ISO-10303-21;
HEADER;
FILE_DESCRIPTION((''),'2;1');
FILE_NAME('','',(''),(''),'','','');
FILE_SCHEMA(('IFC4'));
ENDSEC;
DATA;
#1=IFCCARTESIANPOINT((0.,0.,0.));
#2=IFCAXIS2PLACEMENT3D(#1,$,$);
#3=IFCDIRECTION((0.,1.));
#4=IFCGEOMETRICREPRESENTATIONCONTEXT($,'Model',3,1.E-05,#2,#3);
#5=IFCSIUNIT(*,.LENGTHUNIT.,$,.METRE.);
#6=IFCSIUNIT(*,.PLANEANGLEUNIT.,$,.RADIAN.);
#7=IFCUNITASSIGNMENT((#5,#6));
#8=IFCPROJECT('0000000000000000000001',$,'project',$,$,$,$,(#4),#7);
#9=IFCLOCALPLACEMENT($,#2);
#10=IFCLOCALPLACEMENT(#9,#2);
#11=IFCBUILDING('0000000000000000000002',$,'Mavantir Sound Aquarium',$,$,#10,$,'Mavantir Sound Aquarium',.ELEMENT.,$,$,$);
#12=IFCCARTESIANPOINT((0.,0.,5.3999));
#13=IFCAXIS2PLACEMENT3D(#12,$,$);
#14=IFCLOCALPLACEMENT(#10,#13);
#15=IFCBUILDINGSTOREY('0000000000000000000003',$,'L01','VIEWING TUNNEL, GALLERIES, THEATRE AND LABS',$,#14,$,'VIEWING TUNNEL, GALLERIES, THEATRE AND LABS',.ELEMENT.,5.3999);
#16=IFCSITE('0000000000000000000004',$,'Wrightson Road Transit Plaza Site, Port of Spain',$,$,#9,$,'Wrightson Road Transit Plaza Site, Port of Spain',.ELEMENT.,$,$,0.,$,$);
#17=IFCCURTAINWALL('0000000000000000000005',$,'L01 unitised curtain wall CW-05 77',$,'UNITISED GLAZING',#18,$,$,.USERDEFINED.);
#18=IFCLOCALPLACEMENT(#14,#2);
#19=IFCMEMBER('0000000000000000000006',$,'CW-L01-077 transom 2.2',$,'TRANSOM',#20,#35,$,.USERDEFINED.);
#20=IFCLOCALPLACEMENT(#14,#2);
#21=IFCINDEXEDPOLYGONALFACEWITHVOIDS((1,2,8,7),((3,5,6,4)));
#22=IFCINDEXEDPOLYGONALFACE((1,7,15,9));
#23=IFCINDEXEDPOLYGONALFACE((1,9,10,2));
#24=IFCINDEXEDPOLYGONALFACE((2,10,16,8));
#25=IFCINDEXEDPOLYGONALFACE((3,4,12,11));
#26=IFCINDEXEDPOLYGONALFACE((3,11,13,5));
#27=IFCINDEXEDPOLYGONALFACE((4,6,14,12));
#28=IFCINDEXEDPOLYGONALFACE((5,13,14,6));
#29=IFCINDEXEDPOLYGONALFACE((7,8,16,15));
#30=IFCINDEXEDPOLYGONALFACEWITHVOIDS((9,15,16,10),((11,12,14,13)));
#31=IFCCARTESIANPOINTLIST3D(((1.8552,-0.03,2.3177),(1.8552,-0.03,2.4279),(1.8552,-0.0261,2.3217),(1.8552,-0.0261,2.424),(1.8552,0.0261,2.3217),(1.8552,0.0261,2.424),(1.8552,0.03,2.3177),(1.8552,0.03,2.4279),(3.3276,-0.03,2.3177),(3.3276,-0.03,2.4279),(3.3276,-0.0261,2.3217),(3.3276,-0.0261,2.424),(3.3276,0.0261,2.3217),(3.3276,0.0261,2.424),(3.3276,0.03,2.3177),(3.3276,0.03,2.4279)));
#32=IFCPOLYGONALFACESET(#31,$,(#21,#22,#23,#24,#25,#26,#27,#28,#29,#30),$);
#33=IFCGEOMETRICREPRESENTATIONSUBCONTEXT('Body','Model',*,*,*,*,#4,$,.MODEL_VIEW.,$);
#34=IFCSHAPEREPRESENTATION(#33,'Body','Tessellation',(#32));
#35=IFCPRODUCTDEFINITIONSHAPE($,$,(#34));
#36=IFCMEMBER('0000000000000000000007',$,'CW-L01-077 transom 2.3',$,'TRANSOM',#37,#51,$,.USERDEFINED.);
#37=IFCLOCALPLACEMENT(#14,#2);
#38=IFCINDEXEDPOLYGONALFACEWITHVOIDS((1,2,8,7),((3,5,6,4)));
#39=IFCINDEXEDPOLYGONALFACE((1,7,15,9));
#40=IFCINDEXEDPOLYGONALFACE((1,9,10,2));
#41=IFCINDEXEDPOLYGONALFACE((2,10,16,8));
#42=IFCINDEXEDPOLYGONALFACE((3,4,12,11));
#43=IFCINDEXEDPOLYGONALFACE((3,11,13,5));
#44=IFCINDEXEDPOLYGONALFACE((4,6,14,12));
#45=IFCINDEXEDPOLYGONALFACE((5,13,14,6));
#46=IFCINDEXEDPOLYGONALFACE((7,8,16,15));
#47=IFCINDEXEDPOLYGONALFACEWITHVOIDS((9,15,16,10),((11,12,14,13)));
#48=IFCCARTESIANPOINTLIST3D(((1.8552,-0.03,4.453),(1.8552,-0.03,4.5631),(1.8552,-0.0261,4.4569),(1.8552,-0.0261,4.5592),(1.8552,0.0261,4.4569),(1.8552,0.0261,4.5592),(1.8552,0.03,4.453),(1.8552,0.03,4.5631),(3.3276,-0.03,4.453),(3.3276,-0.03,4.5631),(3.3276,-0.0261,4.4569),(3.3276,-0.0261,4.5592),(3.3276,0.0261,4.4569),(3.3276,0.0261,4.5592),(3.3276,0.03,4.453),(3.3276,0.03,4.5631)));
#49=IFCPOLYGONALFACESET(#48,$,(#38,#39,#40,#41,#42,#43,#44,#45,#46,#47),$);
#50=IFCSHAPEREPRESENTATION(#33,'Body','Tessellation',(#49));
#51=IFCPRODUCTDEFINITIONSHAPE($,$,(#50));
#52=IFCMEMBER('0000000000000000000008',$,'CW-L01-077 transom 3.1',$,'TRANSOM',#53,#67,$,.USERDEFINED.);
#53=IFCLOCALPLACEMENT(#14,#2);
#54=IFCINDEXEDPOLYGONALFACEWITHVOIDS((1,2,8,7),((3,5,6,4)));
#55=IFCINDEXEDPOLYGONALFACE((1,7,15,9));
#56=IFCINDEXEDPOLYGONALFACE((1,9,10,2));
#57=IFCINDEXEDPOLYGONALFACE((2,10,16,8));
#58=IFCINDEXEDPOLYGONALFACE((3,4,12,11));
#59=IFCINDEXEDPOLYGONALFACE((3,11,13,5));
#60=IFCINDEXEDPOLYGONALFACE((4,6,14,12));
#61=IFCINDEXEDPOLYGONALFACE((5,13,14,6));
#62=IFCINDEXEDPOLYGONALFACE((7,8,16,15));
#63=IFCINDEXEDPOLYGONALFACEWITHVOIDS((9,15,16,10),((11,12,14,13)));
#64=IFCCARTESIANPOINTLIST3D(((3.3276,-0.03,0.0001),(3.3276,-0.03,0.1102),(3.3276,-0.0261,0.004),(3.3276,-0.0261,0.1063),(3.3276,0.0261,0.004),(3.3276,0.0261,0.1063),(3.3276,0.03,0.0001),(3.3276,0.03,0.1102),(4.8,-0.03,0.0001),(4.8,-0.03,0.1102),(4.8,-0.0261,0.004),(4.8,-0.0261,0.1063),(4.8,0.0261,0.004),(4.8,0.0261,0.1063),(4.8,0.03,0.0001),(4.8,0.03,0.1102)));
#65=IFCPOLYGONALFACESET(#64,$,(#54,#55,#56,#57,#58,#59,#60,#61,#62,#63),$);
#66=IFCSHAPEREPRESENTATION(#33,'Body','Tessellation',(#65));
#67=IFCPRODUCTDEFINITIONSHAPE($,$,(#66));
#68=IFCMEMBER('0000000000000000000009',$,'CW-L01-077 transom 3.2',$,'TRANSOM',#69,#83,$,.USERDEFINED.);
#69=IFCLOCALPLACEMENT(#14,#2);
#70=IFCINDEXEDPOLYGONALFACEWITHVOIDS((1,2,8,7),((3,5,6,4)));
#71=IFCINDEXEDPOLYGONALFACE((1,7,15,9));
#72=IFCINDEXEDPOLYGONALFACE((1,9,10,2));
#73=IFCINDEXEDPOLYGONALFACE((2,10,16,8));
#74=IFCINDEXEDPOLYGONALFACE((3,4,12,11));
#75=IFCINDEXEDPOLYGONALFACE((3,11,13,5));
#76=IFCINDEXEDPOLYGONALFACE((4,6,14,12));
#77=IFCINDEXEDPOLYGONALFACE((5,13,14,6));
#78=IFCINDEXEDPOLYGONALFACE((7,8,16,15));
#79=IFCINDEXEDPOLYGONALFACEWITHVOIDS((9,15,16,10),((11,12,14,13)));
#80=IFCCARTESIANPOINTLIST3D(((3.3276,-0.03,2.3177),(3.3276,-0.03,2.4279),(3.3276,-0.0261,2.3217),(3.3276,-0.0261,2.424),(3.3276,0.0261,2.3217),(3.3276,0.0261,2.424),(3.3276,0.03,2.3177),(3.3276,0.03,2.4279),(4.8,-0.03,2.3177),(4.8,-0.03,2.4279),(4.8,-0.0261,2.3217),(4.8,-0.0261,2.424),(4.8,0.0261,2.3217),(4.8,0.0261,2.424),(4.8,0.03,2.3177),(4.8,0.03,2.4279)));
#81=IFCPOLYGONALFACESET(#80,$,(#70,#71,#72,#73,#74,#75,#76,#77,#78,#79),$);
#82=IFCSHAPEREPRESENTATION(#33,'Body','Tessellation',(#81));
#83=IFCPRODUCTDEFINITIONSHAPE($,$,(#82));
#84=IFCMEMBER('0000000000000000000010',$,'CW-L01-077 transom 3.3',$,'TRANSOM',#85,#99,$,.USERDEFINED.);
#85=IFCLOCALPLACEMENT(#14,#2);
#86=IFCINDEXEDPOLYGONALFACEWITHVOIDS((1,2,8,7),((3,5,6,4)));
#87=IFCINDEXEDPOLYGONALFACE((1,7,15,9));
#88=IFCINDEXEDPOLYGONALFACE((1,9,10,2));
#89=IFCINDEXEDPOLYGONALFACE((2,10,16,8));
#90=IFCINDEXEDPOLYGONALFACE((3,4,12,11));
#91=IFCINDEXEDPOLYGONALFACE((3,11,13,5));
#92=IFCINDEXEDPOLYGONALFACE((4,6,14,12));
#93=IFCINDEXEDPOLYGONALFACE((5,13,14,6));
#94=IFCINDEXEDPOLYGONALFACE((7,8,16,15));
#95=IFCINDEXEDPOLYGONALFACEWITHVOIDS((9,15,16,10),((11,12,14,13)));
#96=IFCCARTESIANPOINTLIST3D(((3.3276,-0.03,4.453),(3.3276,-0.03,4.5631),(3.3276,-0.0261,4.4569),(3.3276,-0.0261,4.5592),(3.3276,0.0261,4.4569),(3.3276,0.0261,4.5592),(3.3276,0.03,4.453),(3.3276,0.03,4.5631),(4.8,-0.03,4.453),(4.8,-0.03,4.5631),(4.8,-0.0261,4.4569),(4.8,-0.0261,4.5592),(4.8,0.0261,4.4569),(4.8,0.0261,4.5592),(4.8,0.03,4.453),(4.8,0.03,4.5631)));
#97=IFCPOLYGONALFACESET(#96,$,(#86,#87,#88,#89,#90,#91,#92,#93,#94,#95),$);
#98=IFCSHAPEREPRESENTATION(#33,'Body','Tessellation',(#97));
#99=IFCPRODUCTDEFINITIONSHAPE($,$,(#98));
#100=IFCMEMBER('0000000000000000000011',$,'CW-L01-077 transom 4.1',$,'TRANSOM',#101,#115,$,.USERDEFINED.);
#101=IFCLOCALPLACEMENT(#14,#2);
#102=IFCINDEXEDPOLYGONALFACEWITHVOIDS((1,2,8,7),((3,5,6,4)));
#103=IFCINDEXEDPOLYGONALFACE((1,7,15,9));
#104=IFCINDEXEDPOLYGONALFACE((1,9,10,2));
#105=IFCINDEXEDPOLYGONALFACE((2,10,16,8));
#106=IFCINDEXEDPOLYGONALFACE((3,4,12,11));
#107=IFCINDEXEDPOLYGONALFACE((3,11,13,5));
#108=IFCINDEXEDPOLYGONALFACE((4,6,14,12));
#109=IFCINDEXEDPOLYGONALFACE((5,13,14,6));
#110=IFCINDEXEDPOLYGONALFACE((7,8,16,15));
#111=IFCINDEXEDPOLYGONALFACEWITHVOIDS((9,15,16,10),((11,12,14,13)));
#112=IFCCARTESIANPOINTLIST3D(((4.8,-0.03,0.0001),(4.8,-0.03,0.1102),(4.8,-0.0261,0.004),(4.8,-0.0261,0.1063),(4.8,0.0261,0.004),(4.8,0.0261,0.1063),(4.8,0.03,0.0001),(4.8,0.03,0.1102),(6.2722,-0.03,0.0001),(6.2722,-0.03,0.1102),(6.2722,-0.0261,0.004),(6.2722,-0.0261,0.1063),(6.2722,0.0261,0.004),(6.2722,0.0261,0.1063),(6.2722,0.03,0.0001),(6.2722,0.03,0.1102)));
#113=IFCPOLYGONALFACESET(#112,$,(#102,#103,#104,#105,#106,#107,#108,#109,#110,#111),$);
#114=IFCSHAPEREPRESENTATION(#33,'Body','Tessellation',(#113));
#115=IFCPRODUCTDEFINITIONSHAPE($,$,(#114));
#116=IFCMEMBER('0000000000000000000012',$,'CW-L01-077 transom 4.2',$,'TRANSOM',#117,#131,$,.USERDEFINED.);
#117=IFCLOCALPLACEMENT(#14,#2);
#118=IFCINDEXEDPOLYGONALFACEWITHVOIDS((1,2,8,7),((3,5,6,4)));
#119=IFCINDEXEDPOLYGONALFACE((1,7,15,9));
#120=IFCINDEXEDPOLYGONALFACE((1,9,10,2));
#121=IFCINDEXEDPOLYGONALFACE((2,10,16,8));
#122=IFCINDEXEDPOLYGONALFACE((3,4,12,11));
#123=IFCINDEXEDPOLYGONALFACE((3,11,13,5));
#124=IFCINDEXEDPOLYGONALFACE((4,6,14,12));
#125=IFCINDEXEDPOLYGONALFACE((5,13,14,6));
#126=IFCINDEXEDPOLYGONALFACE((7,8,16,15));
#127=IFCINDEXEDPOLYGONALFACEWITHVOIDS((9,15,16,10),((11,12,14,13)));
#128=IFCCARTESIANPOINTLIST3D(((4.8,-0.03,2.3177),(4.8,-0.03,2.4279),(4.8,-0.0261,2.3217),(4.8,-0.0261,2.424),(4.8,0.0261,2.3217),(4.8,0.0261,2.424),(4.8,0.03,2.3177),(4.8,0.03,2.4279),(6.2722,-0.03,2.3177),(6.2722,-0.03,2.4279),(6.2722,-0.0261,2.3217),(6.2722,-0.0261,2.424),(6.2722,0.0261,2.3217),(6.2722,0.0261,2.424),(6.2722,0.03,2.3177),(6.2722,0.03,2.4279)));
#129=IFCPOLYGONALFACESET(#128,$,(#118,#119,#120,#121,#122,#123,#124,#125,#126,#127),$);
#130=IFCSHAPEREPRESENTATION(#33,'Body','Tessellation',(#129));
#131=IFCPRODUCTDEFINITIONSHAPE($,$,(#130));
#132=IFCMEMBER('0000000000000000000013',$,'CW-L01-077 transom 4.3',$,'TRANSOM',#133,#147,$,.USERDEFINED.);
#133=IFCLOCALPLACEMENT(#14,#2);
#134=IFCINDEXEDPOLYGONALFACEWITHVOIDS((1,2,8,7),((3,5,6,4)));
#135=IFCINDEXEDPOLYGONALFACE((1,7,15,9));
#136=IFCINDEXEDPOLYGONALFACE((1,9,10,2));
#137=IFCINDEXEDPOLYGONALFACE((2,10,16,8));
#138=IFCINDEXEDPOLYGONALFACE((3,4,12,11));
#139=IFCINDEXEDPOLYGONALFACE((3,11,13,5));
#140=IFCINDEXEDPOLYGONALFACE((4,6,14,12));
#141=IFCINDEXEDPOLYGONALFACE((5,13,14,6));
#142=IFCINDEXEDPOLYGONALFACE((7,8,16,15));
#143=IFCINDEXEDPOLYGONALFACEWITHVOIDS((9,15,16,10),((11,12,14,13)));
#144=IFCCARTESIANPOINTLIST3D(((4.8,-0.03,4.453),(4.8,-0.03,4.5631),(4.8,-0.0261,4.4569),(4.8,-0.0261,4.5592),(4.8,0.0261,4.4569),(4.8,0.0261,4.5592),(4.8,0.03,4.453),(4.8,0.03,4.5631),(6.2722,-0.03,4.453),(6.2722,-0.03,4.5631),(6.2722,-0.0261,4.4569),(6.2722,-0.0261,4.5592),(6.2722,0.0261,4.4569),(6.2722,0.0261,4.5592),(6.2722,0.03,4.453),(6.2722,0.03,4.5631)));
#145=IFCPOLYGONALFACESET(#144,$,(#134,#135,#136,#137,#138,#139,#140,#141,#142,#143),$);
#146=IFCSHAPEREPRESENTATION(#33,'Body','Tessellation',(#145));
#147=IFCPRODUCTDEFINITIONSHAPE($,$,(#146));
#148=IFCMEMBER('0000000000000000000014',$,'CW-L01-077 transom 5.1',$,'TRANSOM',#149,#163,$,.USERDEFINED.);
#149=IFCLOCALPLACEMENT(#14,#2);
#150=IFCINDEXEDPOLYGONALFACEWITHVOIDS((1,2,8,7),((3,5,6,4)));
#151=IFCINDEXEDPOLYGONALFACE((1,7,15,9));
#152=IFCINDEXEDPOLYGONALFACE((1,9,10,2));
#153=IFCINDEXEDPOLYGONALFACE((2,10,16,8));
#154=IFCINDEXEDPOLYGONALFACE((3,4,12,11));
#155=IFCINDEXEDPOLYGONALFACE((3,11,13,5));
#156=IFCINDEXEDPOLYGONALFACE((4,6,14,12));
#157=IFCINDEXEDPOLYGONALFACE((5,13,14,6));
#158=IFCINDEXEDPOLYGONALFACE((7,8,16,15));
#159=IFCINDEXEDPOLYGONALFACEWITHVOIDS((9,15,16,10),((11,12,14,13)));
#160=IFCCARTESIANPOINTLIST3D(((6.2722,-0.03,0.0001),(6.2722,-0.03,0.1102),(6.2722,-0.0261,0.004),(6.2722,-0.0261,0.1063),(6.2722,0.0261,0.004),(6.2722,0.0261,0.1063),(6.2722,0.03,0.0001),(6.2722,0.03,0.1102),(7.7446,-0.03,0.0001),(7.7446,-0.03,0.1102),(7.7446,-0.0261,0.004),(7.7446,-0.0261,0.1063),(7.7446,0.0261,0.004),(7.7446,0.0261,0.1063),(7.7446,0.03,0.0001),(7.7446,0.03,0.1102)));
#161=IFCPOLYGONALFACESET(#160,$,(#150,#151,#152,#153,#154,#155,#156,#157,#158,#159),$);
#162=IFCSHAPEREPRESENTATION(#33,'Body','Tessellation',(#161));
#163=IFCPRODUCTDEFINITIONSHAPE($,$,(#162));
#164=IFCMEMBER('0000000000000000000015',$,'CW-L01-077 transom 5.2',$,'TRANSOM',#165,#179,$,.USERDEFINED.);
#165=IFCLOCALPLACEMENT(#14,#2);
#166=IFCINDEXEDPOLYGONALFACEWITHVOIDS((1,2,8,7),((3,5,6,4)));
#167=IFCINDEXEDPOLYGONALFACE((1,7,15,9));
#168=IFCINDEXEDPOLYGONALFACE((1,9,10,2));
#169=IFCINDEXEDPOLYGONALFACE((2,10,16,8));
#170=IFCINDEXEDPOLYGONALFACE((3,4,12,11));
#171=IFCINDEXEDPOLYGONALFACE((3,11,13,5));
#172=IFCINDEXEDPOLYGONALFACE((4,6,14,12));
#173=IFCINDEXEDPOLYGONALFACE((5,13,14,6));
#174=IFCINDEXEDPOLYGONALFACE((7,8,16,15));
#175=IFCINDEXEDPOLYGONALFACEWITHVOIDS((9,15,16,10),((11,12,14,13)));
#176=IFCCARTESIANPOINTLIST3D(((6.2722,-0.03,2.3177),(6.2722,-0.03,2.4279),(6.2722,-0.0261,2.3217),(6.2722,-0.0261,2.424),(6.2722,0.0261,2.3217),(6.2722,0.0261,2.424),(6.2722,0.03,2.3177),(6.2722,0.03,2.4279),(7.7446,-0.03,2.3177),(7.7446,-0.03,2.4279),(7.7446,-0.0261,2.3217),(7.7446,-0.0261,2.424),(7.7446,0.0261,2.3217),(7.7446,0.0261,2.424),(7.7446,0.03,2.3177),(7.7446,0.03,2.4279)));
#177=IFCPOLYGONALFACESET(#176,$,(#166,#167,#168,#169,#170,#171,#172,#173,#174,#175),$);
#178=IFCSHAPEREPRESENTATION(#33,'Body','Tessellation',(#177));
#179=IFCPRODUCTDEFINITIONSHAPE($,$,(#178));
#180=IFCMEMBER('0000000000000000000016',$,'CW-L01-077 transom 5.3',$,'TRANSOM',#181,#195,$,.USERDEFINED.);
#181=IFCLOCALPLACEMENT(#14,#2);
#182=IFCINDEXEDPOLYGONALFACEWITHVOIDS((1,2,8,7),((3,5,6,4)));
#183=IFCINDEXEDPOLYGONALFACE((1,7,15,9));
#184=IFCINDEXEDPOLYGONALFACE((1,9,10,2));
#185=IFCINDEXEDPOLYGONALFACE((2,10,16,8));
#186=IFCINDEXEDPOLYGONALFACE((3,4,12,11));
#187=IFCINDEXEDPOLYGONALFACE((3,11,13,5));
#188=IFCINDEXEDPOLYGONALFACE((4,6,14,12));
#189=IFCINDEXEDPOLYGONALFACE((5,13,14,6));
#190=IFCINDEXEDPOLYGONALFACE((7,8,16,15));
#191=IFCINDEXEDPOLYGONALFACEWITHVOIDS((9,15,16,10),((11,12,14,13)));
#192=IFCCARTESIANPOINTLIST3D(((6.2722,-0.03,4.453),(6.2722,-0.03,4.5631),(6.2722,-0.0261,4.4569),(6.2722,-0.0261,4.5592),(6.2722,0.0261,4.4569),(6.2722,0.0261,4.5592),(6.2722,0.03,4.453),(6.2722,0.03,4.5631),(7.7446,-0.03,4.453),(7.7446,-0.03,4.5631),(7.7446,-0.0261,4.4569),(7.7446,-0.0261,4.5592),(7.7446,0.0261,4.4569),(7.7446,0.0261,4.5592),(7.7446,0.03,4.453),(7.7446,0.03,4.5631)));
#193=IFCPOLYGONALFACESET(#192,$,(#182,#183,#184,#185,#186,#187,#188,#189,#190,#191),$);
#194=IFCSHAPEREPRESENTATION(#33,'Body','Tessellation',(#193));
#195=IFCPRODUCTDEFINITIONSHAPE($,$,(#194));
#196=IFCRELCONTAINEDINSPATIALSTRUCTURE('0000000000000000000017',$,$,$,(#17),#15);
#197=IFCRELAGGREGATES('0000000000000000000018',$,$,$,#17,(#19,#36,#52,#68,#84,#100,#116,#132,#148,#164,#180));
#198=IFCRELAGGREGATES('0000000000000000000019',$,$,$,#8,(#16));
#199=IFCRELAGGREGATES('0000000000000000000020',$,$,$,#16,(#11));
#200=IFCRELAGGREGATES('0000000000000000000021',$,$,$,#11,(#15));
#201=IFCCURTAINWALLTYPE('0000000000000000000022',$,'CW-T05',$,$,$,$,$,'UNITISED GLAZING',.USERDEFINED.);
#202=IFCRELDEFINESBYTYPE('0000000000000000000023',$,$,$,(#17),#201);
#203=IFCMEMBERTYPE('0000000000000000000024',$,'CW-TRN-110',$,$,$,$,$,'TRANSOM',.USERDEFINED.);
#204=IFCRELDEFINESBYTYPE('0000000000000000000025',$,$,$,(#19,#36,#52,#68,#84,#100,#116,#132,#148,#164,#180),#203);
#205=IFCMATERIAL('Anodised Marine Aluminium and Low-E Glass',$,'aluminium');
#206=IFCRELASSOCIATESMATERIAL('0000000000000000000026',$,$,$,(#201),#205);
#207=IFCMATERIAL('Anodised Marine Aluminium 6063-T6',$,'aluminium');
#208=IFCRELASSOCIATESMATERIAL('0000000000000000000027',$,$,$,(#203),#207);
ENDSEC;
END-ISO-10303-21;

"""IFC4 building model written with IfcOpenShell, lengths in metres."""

from ifc_helpers import new_model, si_unit, direction, frame, origin, origin_2d, place, context, subcontext, project, spatial, hollow_rectangle, extrude, material, material_profile, profile_set, type_object, element, aggregate, save


model = new_model("IFC4")

# Units and contexts
model_context = context("Model", 3, precision=1e-05, world=origin(), true_north=direction((0.0, 1.0)))
body_context = subcontext(model_context, "Body", "Model", "MODEL_VIEW")
ifc_project = project(units=[si_unit("LENGTHUNIT", "METRE"), si_unit("PLANEANGLEUNIT", "RADIAN")], contexts=[model_context])

# Site, building, storey
site_placement = place(None, origin())
site = spatial("IfcSite", under=ifc_project, at=site_placement, Name="Wrightson Road Transit Plaza Site, Port of Spain", LongName="Wrightson Road Transit Plaza Site, Port of Spain", CompositionType="ELEMENT", RefElevation=0.0)
building_placement = place(site_placement, origin())
building = spatial("IfcBuilding", under=site, at=building_placement, Name="Mavantir Sound Aquarium", LongName="Mavantir Sound Aquarium", CompositionType="ELEMENT")
storey_placement = place(building_placement, frame((0.0, 0.0, 5.3999)))
storey = spatial("IfcBuildingStorey", under=building, at=storey_placement, Name="L01", Description="VIEWING TUNNEL, GALLERIES, THEATRE AND LABS", LongName="VIEWING TUNNEL, GALLERIES, THEATRE AND LABS", CompositionType="ELEMENT", Elevation=5.3999)

# Curtain wall
ifc_material_1 = material(Name="Anodised Marine Aluminium and Low-E Glass", Category="aluminium")
curtain_wall_type_1 = type_object("IfcCurtainWallType", Name="CW-T05", ElementType="UNITISED GLAZING", PredefinedType="USERDEFINED", material=ifc_material_1)
curtain_wall_1_placement = place(storey_placement, origin())
curtain_wall_1 = element("IfcCurtainWall", 1, at=curtain_wall_1_placement, inside=storey, type_object=curtain_wall_type_1, Name="L01 unitised curtain wall CW-05 77", ObjectType="UNITISED GLAZING", PredefinedType="USERDEFINED")
ifc_material_2 = material(Name="Anodised Marine Aluminium 6063-T6", Category="aluminium")
ifc_material_profile_1 = material_profile(ifc_material_2, hollow_rectangle(XDim=0.0601, YDim=0.1101, WallThickness=0.0039, at=origin_2d()), Name="ALU-TRANSOM-110X60")
ifc_profile_set_1 = profile_set([ifc_material_profile_1], Name="Anodised Marine Aluminium 6063-T6")
member_type_1 = type_object("IfcMemberType", Name="CW-TRN-110", ElementType="TRANSOM", PredefinedType="USERDEFINED", material=ifc_profile_set_1)

# Members
member_1_placement = place(storey_placement, frame((1.8552, 0.0, 2.3728), z_axis=(1.0, 0.0, 0.0), x_axis=(0.0, 1.0, 0.0)))
member_1 = element("IfcMember", 2, at=member_1_placement, type_object=member_type_1, Name="CW-L01-077 transom 2.2", ObjectType="TRANSOM", PredefinedType="USERDEFINED", context=body_context, shape_type="SweptSolid", body=[
    extrude(hollow_rectangle(XDim=0.0601, YDim=0.1101, WallThickness=0.0039, at=origin_2d()), origin(), (0.0, 0.0, 1.0), 1.4724),
])
member_2_placement = place(storey_placement, frame((1.8552, 0.0, 4.5081), z_axis=(1.0, 0.0, 0.0), x_axis=(0.0, 1.0, 0.0)))
member_2 = element("IfcMember", 3, at=member_2_placement, type_object=member_type_1, Name="CW-L01-077 transom 2.3", ObjectType="TRANSOM", PredefinedType="USERDEFINED", context=body_context, shape_type="SweptSolid", body=[
    extrude(hollow_rectangle(XDim=0.0601, YDim=0.1101, WallThickness=0.0039, at=origin_2d()), origin(), (0.0, 0.0, 1.0), 1.4724),
])
member_3_placement = place(storey_placement, frame((3.3276, 0.0, 0.0552), z_axis=(1.0, 0.0, 0.0), x_axis=(0.0, 1.0, 0.0)))
member_3 = element("IfcMember", 4, at=member_3_placement, type_object=member_type_1, Name="CW-L01-077 transom 3.1", ObjectType="TRANSOM", PredefinedType="USERDEFINED", context=body_context, shape_type="SweptSolid", body=[
    extrude(hollow_rectangle(XDim=0.0601, YDim=0.1101, WallThickness=0.0039, at=origin_2d()), origin(), (0.0, 0.0, 1.0), 1.4724),
])
member_4_placement = place(storey_placement, frame((3.3276, 0.0, 2.3728), z_axis=(1.0, 0.0, 0.0), x_axis=(0.0, 1.0, 0.0)))
member_4 = element("IfcMember", 5, at=member_4_placement, type_object=member_type_1, Name="CW-L01-077 transom 3.2", ObjectType="TRANSOM", PredefinedType="USERDEFINED", context=body_context, shape_type="SweptSolid", body=[
    extrude(hollow_rectangle(XDim=0.0601, YDim=0.1101, WallThickness=0.0039, at=origin_2d()), origin(), (0.0, 0.0, 1.0), 1.4724),
])
member_5_placement = place(storey_placement, frame((3.3276, 0.0, 4.5081), z_axis=(1.0, 0.0, 0.0), x_axis=(0.0, 1.0, 0.0)))
member_5 = element("IfcMember", 6, at=member_5_placement, type_object=member_type_1, Name="CW-L01-077 transom 3.3", ObjectType="TRANSOM", PredefinedType="USERDEFINED", context=body_context, shape_type="SweptSolid", body=[
    extrude(hollow_rectangle(XDim=0.0601, YDim=0.1101, WallThickness=0.0039, at=origin_2d()), origin(), (0.0, 0.0, 1.0), 1.4724),
])
member_6_placement = place(storey_placement, frame((4.8, 0.0, 0.0552), z_axis=(1.0, 0.0, 0.0), x_axis=(0.0, 1.0, 0.0)))
member_6 = element("IfcMember", 7, at=member_6_placement, type_object=member_type_1, Name="CW-L01-077 transom 4.1", ObjectType="TRANSOM", PredefinedType="USERDEFINED", context=body_context, shape_type="SweptSolid", body=[
    extrude(hollow_rectangle(XDim=0.0601, YDim=0.1101, WallThickness=0.0039, at=origin_2d()), origin(), (0.0, 0.0, 1.0), 1.4722),
])
member_7_placement = place(storey_placement, frame((4.8, 0.0, 2.3728), z_axis=(1.0, 0.0, 0.0), x_axis=(0.0, 1.0, 0.0)))
member_7 = element("IfcMember", 8, at=member_7_placement, type_object=member_type_1, Name="CW-L01-077 transom 4.2", ObjectType="TRANSOM", PredefinedType="USERDEFINED", context=body_context, shape_type="SweptSolid", body=[
    extrude(hollow_rectangle(XDim=0.0601, YDim=0.1101, WallThickness=0.0039, at=origin_2d()), origin(), (0.0, 0.0, 1.0), 1.4722),
])
member_8_placement = place(storey_placement, frame((4.8, 0.0, 4.5081), z_axis=(1.0, 0.0, 0.0), x_axis=(0.0, 1.0, 0.0)))
member_8 = element("IfcMember", 9, at=member_8_placement, type_object=member_type_1, Name="CW-L01-077 transom 4.3", ObjectType="TRANSOM", PredefinedType="USERDEFINED", context=body_context, shape_type="SweptSolid", body=[
    extrude(hollow_rectangle(XDim=0.0601, YDim=0.1101, WallThickness=0.0039, at=origin_2d()), origin(), (0.0, 0.0, 1.0), 1.4722),
])
member_9_placement = place(storey_placement, frame((6.2722, 0.0, 0.0552), z_axis=(1.0, 0.0, 0.0), x_axis=(0.0, 1.0, 0.0)))
member_9 = element("IfcMember", 10, at=member_9_placement, type_object=member_type_1, Name="CW-L01-077 transom 5.1", ObjectType="TRANSOM", PredefinedType="USERDEFINED", context=body_context, shape_type="SweptSolid", body=[
    extrude(hollow_rectangle(XDim=0.0601, YDim=0.1101, WallThickness=0.0039, at=origin_2d()), origin(), (0.0, 0.0, 1.0), 1.4724),
])
member_10_placement = place(storey_placement, frame((6.2722, 0.0, 2.3728), z_axis=(1.0, 0.0, 0.0), x_axis=(0.0, 1.0, 0.0)))
member_10 = element("IfcMember", 11, at=member_10_placement, type_object=member_type_1, Name="CW-L01-077 transom 5.2", ObjectType="TRANSOM", PredefinedType="USERDEFINED", context=body_context, shape_type="SweptSolid", body=[
    extrude(hollow_rectangle(XDim=0.0601, YDim=0.1101, WallThickness=0.0039, at=origin_2d()), origin(), (0.0, 0.0, 1.0), 1.4724),
])
member_11_placement = place(storey_placement, frame((6.2722, 0.0, 4.5081), z_axis=(1.0, 0.0, 0.0), x_axis=(0.0, 1.0, 0.0)))
member_11 = element("IfcMember", 12, at=member_11_placement, type_object=member_type_1, Name="CW-L01-077 transom 5.3", ObjectType="TRANSOM", PredefinedType="USERDEFINED", context=body_context, shape_type="SweptSolid", body=[
    extrude(hollow_rectangle(XDim=0.0601, YDim=0.1101, WallThickness=0.0039, at=origin_2d()), origin(), (0.0, 0.0, 1.0), 1.4724),
])

aggregate(curtain_wall_1, [member_1, member_2, member_3, member_4, member_5, member_6, member_7, member_8, member_9, member_10, member_11])

save(model, "model.ifc")
